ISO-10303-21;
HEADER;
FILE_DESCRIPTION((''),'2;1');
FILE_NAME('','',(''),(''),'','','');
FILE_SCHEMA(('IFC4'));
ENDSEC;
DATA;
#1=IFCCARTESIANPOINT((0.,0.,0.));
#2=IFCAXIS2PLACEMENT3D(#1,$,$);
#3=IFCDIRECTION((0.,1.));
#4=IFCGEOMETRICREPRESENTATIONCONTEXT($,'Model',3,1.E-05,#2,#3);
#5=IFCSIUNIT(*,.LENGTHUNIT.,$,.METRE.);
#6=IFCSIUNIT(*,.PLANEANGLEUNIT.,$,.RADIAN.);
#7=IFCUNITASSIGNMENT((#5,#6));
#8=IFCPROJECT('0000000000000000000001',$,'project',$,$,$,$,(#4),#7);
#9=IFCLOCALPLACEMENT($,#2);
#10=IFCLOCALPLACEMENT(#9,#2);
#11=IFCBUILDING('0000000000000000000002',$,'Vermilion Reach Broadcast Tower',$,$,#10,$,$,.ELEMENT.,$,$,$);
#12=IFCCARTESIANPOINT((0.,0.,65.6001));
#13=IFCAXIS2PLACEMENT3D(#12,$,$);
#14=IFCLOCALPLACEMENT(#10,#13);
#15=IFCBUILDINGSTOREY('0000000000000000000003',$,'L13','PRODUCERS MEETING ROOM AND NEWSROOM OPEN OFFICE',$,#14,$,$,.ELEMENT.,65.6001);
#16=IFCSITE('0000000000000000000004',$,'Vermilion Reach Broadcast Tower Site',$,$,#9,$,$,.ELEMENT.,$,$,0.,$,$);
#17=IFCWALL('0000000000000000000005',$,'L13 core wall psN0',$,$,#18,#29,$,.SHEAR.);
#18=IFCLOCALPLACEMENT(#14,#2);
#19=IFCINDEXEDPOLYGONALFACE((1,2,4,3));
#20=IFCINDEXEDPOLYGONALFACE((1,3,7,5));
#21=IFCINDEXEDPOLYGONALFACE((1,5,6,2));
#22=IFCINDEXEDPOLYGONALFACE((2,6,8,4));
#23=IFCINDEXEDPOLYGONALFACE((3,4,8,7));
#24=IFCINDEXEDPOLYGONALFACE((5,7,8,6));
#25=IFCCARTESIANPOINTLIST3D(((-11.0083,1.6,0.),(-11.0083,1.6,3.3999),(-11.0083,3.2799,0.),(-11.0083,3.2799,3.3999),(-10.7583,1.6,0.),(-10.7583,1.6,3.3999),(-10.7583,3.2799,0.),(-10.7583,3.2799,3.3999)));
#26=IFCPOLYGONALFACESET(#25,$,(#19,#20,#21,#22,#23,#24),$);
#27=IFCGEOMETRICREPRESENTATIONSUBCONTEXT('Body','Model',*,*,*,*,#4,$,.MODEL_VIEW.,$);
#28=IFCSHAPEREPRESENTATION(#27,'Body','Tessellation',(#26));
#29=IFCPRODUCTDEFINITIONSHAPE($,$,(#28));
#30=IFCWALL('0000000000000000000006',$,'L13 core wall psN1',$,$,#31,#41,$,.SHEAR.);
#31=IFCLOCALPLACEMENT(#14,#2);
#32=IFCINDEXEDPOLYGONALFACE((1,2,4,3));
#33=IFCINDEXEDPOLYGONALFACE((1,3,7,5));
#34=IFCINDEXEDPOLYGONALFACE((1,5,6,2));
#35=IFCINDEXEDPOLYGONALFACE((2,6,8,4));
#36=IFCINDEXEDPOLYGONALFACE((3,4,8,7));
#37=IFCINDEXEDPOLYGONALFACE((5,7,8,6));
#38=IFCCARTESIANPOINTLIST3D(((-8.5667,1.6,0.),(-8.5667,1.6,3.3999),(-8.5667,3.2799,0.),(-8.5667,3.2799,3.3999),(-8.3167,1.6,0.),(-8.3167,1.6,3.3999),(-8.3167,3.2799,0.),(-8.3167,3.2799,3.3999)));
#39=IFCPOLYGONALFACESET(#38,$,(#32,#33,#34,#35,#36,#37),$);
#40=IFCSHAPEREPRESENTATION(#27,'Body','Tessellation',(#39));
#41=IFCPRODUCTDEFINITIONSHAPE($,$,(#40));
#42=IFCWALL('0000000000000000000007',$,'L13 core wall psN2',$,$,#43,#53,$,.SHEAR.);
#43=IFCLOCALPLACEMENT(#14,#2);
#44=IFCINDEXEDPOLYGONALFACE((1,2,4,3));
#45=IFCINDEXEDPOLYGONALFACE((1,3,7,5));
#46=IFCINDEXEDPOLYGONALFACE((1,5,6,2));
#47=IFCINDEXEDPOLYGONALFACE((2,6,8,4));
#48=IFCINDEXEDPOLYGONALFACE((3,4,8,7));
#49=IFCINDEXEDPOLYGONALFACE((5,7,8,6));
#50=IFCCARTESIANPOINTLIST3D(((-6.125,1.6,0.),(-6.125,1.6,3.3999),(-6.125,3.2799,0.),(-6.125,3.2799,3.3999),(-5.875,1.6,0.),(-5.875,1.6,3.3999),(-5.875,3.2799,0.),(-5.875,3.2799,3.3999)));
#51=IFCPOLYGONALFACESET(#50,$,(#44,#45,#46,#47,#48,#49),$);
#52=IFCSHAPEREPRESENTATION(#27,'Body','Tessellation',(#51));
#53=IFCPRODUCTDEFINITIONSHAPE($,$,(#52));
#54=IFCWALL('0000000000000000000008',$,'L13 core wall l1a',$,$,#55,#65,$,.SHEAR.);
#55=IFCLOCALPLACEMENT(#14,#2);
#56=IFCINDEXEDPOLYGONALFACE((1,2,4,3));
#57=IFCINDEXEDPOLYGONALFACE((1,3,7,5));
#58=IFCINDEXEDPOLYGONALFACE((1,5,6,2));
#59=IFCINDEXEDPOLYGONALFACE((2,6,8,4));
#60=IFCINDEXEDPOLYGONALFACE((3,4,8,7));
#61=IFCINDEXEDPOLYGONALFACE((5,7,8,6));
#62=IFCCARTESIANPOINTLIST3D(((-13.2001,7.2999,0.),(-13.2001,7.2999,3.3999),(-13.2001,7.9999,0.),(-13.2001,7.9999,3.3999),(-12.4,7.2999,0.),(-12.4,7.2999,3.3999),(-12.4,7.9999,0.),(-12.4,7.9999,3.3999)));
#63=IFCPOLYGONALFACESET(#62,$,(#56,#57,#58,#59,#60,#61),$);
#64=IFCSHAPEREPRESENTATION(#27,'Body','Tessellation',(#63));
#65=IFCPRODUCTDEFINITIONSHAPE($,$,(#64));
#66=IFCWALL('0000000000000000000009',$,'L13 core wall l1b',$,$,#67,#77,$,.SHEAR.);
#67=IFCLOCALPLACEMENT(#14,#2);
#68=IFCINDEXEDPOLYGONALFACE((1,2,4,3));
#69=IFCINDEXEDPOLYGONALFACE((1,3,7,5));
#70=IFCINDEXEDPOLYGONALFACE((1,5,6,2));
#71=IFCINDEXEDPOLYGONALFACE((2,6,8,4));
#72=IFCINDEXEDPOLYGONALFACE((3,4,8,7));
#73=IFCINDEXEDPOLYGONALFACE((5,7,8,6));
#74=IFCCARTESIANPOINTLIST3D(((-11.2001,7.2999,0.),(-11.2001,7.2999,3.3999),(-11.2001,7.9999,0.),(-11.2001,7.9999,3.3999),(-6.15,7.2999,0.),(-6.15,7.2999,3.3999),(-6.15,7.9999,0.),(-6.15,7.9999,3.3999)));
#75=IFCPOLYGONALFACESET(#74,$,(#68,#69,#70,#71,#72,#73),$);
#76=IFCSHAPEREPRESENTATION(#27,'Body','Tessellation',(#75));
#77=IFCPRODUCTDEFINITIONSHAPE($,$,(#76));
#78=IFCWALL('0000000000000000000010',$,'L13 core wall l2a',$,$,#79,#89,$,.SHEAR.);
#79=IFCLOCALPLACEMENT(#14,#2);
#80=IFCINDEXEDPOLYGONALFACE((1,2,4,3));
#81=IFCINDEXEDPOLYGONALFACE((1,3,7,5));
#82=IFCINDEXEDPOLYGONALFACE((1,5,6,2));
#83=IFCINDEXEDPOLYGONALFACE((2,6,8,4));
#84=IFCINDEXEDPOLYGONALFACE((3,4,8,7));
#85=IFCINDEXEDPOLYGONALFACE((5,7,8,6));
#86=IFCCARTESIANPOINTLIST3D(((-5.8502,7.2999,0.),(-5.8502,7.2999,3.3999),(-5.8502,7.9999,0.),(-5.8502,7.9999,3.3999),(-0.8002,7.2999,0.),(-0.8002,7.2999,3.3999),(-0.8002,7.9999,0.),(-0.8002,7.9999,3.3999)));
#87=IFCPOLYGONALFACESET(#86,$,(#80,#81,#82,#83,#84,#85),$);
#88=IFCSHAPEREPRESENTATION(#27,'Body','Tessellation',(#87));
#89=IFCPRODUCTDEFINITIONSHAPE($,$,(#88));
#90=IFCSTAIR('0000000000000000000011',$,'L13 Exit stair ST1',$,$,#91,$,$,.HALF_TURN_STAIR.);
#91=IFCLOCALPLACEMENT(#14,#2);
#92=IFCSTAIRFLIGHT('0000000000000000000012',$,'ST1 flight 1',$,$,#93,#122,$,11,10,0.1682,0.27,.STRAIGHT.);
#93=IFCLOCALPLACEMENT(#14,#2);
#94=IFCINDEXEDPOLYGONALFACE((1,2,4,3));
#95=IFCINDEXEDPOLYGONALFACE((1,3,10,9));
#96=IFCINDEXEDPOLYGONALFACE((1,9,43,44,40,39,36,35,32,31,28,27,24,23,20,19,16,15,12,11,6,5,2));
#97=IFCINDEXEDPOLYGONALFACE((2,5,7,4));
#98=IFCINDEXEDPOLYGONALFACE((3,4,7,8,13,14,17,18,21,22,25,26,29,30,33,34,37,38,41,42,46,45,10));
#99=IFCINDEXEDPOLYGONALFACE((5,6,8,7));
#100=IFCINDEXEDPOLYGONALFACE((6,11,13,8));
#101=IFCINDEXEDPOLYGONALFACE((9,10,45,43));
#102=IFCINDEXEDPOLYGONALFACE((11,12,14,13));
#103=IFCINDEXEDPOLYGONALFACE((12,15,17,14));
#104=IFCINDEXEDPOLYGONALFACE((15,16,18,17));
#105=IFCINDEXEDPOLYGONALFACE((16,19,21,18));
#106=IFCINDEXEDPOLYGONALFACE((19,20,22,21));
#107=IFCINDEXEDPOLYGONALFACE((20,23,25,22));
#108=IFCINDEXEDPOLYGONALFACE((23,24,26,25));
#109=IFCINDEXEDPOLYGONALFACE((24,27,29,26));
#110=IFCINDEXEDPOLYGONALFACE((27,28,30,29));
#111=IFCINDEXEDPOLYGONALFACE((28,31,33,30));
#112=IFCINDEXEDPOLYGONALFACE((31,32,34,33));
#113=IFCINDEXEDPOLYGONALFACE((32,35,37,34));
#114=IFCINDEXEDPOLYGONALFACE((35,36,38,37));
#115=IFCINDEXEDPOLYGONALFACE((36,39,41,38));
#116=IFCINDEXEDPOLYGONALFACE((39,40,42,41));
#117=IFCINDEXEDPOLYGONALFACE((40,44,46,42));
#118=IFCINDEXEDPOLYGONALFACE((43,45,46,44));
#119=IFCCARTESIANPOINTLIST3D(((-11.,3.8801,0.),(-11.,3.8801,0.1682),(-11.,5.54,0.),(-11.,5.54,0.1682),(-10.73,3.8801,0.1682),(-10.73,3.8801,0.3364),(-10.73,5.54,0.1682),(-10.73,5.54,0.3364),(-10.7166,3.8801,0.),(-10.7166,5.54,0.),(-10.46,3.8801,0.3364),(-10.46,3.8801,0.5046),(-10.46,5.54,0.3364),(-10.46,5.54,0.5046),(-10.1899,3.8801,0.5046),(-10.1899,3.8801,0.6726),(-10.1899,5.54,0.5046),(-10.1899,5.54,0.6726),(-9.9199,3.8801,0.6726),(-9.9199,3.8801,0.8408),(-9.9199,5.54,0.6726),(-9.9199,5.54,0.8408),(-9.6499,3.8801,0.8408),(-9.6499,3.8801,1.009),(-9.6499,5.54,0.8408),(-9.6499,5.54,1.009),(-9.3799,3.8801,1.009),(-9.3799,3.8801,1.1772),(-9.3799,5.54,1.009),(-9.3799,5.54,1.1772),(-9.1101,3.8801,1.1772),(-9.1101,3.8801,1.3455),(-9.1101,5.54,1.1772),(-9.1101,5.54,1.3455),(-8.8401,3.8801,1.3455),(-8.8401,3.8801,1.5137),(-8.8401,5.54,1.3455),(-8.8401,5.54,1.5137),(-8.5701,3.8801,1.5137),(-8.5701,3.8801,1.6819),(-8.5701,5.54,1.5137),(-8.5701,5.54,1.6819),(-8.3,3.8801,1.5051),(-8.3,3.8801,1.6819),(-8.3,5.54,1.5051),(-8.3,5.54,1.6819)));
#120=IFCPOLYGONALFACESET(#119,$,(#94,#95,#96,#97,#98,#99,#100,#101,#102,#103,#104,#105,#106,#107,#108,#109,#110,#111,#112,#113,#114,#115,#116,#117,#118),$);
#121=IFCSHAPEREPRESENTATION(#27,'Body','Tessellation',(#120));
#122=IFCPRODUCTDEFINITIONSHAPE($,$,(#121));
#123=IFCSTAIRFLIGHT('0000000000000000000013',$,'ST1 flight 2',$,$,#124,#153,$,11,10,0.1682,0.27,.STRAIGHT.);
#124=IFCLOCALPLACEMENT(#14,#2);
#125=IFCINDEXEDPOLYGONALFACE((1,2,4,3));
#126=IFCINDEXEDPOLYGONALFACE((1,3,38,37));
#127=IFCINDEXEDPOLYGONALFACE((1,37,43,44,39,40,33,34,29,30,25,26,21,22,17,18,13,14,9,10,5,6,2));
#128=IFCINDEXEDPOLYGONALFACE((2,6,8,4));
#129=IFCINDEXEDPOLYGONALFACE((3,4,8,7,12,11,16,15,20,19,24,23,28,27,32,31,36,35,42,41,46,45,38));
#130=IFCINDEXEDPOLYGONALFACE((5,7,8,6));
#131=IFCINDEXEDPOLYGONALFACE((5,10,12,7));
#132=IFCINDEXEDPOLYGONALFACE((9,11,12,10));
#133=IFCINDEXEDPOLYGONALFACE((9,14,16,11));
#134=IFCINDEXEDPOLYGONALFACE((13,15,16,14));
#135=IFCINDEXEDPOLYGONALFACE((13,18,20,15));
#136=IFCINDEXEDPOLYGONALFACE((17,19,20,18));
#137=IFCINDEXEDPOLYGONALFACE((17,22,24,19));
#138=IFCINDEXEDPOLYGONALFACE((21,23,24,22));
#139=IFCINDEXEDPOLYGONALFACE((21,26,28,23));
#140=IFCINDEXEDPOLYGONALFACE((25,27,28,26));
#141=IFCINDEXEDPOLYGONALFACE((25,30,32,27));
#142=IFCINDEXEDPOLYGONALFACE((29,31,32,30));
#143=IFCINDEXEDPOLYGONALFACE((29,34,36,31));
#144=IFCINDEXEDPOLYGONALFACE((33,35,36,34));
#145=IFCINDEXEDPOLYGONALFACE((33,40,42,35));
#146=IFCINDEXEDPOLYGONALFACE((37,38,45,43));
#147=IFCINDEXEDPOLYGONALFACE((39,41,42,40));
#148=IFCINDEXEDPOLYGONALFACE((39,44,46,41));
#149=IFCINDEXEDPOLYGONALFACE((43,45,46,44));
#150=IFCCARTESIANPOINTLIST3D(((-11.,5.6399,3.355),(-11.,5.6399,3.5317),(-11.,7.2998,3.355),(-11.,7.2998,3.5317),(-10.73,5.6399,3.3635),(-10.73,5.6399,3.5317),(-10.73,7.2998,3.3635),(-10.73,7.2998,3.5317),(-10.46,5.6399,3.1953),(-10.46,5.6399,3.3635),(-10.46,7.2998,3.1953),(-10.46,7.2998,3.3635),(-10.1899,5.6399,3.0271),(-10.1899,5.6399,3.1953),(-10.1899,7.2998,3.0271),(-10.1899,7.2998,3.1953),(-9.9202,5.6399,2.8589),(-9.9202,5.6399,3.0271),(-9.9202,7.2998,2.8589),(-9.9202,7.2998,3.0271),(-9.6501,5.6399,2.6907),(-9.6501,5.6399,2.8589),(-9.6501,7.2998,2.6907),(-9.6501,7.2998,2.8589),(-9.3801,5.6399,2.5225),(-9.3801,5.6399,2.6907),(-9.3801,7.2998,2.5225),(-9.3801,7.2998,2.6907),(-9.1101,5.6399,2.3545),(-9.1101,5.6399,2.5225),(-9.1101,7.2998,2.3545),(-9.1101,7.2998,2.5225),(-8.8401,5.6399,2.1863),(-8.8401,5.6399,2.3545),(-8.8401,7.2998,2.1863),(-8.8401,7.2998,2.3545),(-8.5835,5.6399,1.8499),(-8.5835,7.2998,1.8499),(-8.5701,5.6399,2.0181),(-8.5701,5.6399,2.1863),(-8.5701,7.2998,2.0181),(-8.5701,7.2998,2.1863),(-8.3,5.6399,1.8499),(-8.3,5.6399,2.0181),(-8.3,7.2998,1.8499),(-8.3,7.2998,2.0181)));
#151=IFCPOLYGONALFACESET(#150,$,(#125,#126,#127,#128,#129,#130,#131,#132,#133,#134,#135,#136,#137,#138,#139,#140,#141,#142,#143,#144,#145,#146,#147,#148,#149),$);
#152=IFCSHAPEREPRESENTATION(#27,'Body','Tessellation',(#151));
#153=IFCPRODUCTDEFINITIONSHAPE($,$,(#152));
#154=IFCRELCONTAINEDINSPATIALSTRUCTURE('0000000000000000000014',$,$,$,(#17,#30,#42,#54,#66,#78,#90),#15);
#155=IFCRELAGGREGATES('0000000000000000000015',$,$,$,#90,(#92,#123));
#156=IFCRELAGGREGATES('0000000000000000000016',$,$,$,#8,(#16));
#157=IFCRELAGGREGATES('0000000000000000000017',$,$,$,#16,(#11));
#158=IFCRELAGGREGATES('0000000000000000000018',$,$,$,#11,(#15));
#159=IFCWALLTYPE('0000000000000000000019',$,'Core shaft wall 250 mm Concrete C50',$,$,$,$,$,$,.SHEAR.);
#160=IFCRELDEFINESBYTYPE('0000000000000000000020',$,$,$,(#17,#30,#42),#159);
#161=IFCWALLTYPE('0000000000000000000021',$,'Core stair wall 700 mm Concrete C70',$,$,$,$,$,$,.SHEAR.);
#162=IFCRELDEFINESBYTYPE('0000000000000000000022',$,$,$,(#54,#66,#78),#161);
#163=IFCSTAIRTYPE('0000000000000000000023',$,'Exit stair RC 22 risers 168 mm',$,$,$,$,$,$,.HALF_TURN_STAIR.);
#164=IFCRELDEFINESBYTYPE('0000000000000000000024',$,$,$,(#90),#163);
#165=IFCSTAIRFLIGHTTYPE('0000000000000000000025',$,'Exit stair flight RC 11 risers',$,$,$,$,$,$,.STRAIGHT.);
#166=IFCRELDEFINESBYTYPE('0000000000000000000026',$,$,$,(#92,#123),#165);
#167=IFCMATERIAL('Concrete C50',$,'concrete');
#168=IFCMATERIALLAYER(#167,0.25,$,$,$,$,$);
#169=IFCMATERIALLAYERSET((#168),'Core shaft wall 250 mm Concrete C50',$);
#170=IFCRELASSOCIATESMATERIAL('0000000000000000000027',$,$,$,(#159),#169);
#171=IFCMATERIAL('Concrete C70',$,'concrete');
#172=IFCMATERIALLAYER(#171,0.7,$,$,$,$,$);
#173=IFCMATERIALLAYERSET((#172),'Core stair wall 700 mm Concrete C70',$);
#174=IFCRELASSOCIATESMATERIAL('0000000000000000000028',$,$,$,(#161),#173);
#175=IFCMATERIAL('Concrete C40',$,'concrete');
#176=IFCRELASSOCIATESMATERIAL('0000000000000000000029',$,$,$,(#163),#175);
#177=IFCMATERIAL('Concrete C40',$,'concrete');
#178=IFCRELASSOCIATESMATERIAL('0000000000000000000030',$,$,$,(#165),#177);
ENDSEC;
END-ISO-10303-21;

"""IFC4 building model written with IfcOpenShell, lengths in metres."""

from ifc_helpers import new_model, si_unit, direction, frame, frame_2d, origin, place, context, subcontext, project, spatial, polyline, rectangle, outline, extrude, material, layer, layer_set, type_object, element, aggregate, save


model = new_model("IFC4")

# Units and contexts
model_context = context("Model", 3, precision=1e-05, world=origin(), true_north=direction((0.0, 1.0)))
body_context = subcontext(model_context, "Body", "Model", "MODEL_VIEW")
ifc_project = project(units=[si_unit("LENGTHUNIT", "METRE"), si_unit("PLANEANGLEUNIT", "RADIAN")], contexts=[model_context])

# Site, building, storey
site_placement = place(None, origin())
site = spatial("IfcSite", under=ifc_project, at=site_placement, Name="Vermilion Reach Broadcast Tower Site", CompositionType="ELEMENT", RefElevation=0.0)
building_placement = place(site_placement, origin())
building = spatial("IfcBuilding", under=site, at=building_placement, Name="Vermilion Reach Broadcast Tower", CompositionType="ELEMENT")
storey_placement = place(building_placement, frame((0.0, 0.0, 65.6001)))
storey = spatial("IfcBuildingStorey", under=building, at=storey_placement, Name="L13", Description="PRODUCERS MEETING ROOM AND NEWSROOM OPEN OFFICE", CompositionType="ELEMENT", Elevation=65.6001)

# Walls
ifc_material_1 = material(Name="Concrete C50", Category="concrete")
ifc_layer_1 = layer(ifc_material_1, 0.25)
ifc_layer_set_1 = layer_set([ifc_layer_1], Name="Core shaft wall 250 mm Concrete C50")
wall_type_1 = type_object("IfcWallType", Name="Core shaft wall 250 mm Concrete C50", PredefinedType="SHEAR", material=ifc_layer_set_1)
for number, where, z_axis, x_axis, name in (
    (1, (-10.8833, 1.6001, 0.0), (0.0, 0.0, 1.0), (0.0, 1.0, 0.0), "L13 core wall psN0"),
    (2, (-8.4417, 1.6001, 0.0), (0.0, 0.0, 1.0), (0.0, 1.0, 0.0), "L13 core wall psN1"),
    (3, (-6.0, 1.6001, 0.0), (0.0, 0.0, 1.0), (0.0, 1.0, 0.0), "L13 core wall psN2"),
):
    element("IfcWall", number, at=place(storey_placement, frame(where, z_axis=z_axis, x_axis=x_axis)), inside=storey, type_object=wall_type_1, Name=name, PredefinedType="SHEAR", context=body_context, shape_type="SweptSolid", body=[
        extrude(rectangle(XDim=1.6799, YDim=0.25, at=frame_2d((0.8398, 0.0))), origin(), (0.0, 0.0, 1.0), 3.3999),
    ])
ifc_material_2 = material(Name="Concrete C70", Category="concrete")
ifc_layer_2 = layer(ifc_material_2, 0.7)
ifc_layer_set_2 = layer_set([ifc_layer_2], Name="Core stair wall 700 mm Concrete C70")
wall_type_2 = type_object("IfcWallType", Name="Core stair wall 700 mm Concrete C70", PredefinedType="SHEAR", material=ifc_layer_set_2)
wall_1_placement = place(storey_placement, frame((-13.2, 7.6499, 0.0), z_axis=(0.0, 0.0, 1.0), x_axis=(1.0, 0.0, 0.0)))
element("IfcWall", 4, at=wall_1_placement, inside=storey, type_object=wall_type_2, Name="L13 core wall l1a", PredefinedType="SHEAR", context=body_context, shape_type="SweptSolid", body=[
    extrude(rectangle(XDim=0.8, YDim=0.7, at=frame_2d((0.3999, 0.0))), origin(), (0.0, 0.0, 1.0), 3.3999),
])
for number, where, z_axis, x_axis, name in (
    (5, (-11.2, 7.6499, 0.0), (0.0, 0.0, 1.0), (1.0, 0.0, 0.0), "L13 core wall l1b"),
    (6, (-5.8501, 7.6499, 0.0), (0.0, 0.0, 1.0), (1.0, 0.0, 0.0), "L13 core wall l2a"),
):
    element("IfcWall", number, at=place(storey_placement, frame(where, z_axis=z_axis, x_axis=x_axis)), inside=storey, type_object=wall_type_2, Name=name, PredefinedType="SHEAR", context=body_context, shape_type="SweptSolid", body=[
        extrude(rectangle(XDim=5.05, YDim=0.7, at=frame_2d((2.5249, 0.0))), origin(), (0.0, 0.0, 1.0), 3.3999),
    ])

# Stair, stair flights
ifc_material_3 = material(Name="Concrete C40", Category="concrete")
stair_type = type_object("IfcStairType", Name="Exit stair RC 22 risers 168 mm", PredefinedType="HALF_TURN_STAIR", material=ifc_material_3)
stair_placement = place(storey_placement, origin())
stair = element("IfcStair", 7, at=stair_placement, inside=storey, type_object=stair_type, Name="L13 Exit stair ST1", PredefinedType="HALF_TURN_STAIR")
ifc_material_4 = material(Name="Concrete C40", Category="concrete")
stair_flight_type = type_object("IfcStairFlightType", Name="Exit stair flight RC 11 risers", PredefinedType="STRAIGHT", material=ifc_material_4)
stair_flight_1_placement = place(storey_placement, frame((-11.0, 4.71, 0.0), z_axis=(0.0, 0.0, 1.0), x_axis=(1.0, 0.0, 0.0)))
stair_flight_1 = element("IfcStairFlight", 8, at=stair_flight_1_placement, type_object=stair_flight_type, Name="ST1 flight 1", NumberOfRisers=11, NumberOfTreads=10, PredefinedType="STRAIGHT", RiserHeight=0.1682, TreadLength=0.27, context=body_context, shape_type="SweptSolid", body=[
    extrude(outline(polyline([(0.0, 0.0), (0.0, 0.1682), (0.27, 0.1682), (0.27, 0.3364), (0.54, 0.3364), (0.54, 0.5046), (0.8101, 0.5046), (0.8101, 0.6726), (1.0801, 0.6726), (1.0801, 0.8408), (1.3501, 0.8408), (1.3501, 1.009), (1.6201, 1.009), (1.6201, 1.1772), (1.8899, 1.1772), (1.8899, 1.3455), (2.1599, 1.3455), (2.1599, 1.5137), (2.4299, 1.5137), (2.4299, 1.6819), (2.7, 1.6819), (2.7, 1.8501), (2.7, 1.5051), (0.2834, 0.0), (0.0, 0.0)])), frame((0.0, 0.8301, 0.0), z_axis=(0.0, -1.0, 0.0), x_axis=(1.0, 0.0, 0.0)), (0.0, 0.0, 1.0), 1.6599),
])
stair_flight_2_placement = place(storey_placement, frame((-8.3, 6.47, 1.8499), z_axis=(0.0, 0.0, 1.0), x_axis=(-1.0, 0.0, 0.0)))
stair_flight_2 = element("IfcStairFlight", 9, at=stair_flight_2_placement, type_object=stair_flight_type, Name="ST1 flight 2", NumberOfRisers=11, NumberOfTreads=10, PredefinedType="STRAIGHT", RiserHeight=0.1682, TreadLength=0.27, context=body_context, shape_type="SweptSolid", body=[
    extrude(outline(polyline([(0.0, 0.0), (0.0, 0.1682), (0.27, 0.1682), (0.27, 0.3364), (0.54, 0.3364), (0.54, 0.5046), (0.8101, 0.5046), (0.8101, 0.6726), (1.0801, 0.6726), (1.0801, 0.8408), (1.3501, 0.8408), (1.3501, 1.009), (1.6201, 1.009), (1.6201, 1.1772), (1.8899, 1.1772), (1.8899, 1.3455), (2.1599, 1.3455), (2.1599, 1.5137), (2.4299, 1.5137), (2.4299, 1.6819), (2.7, 1.6819), (2.7, 1.8501), (2.7, 1.5051), (0.2834, 0.0), (0.0, 0.0)])), frame((0.0, 0.8301, 0.0), z_axis=(0.0, -1.0, 0.0), x_axis=(1.0, 0.0, 0.0)), (0.0, 0.0, 1.0), 1.6599),
])
aggregate(stair, [stair_flight_1, stair_flight_2])

save(model, "model.ifc")
